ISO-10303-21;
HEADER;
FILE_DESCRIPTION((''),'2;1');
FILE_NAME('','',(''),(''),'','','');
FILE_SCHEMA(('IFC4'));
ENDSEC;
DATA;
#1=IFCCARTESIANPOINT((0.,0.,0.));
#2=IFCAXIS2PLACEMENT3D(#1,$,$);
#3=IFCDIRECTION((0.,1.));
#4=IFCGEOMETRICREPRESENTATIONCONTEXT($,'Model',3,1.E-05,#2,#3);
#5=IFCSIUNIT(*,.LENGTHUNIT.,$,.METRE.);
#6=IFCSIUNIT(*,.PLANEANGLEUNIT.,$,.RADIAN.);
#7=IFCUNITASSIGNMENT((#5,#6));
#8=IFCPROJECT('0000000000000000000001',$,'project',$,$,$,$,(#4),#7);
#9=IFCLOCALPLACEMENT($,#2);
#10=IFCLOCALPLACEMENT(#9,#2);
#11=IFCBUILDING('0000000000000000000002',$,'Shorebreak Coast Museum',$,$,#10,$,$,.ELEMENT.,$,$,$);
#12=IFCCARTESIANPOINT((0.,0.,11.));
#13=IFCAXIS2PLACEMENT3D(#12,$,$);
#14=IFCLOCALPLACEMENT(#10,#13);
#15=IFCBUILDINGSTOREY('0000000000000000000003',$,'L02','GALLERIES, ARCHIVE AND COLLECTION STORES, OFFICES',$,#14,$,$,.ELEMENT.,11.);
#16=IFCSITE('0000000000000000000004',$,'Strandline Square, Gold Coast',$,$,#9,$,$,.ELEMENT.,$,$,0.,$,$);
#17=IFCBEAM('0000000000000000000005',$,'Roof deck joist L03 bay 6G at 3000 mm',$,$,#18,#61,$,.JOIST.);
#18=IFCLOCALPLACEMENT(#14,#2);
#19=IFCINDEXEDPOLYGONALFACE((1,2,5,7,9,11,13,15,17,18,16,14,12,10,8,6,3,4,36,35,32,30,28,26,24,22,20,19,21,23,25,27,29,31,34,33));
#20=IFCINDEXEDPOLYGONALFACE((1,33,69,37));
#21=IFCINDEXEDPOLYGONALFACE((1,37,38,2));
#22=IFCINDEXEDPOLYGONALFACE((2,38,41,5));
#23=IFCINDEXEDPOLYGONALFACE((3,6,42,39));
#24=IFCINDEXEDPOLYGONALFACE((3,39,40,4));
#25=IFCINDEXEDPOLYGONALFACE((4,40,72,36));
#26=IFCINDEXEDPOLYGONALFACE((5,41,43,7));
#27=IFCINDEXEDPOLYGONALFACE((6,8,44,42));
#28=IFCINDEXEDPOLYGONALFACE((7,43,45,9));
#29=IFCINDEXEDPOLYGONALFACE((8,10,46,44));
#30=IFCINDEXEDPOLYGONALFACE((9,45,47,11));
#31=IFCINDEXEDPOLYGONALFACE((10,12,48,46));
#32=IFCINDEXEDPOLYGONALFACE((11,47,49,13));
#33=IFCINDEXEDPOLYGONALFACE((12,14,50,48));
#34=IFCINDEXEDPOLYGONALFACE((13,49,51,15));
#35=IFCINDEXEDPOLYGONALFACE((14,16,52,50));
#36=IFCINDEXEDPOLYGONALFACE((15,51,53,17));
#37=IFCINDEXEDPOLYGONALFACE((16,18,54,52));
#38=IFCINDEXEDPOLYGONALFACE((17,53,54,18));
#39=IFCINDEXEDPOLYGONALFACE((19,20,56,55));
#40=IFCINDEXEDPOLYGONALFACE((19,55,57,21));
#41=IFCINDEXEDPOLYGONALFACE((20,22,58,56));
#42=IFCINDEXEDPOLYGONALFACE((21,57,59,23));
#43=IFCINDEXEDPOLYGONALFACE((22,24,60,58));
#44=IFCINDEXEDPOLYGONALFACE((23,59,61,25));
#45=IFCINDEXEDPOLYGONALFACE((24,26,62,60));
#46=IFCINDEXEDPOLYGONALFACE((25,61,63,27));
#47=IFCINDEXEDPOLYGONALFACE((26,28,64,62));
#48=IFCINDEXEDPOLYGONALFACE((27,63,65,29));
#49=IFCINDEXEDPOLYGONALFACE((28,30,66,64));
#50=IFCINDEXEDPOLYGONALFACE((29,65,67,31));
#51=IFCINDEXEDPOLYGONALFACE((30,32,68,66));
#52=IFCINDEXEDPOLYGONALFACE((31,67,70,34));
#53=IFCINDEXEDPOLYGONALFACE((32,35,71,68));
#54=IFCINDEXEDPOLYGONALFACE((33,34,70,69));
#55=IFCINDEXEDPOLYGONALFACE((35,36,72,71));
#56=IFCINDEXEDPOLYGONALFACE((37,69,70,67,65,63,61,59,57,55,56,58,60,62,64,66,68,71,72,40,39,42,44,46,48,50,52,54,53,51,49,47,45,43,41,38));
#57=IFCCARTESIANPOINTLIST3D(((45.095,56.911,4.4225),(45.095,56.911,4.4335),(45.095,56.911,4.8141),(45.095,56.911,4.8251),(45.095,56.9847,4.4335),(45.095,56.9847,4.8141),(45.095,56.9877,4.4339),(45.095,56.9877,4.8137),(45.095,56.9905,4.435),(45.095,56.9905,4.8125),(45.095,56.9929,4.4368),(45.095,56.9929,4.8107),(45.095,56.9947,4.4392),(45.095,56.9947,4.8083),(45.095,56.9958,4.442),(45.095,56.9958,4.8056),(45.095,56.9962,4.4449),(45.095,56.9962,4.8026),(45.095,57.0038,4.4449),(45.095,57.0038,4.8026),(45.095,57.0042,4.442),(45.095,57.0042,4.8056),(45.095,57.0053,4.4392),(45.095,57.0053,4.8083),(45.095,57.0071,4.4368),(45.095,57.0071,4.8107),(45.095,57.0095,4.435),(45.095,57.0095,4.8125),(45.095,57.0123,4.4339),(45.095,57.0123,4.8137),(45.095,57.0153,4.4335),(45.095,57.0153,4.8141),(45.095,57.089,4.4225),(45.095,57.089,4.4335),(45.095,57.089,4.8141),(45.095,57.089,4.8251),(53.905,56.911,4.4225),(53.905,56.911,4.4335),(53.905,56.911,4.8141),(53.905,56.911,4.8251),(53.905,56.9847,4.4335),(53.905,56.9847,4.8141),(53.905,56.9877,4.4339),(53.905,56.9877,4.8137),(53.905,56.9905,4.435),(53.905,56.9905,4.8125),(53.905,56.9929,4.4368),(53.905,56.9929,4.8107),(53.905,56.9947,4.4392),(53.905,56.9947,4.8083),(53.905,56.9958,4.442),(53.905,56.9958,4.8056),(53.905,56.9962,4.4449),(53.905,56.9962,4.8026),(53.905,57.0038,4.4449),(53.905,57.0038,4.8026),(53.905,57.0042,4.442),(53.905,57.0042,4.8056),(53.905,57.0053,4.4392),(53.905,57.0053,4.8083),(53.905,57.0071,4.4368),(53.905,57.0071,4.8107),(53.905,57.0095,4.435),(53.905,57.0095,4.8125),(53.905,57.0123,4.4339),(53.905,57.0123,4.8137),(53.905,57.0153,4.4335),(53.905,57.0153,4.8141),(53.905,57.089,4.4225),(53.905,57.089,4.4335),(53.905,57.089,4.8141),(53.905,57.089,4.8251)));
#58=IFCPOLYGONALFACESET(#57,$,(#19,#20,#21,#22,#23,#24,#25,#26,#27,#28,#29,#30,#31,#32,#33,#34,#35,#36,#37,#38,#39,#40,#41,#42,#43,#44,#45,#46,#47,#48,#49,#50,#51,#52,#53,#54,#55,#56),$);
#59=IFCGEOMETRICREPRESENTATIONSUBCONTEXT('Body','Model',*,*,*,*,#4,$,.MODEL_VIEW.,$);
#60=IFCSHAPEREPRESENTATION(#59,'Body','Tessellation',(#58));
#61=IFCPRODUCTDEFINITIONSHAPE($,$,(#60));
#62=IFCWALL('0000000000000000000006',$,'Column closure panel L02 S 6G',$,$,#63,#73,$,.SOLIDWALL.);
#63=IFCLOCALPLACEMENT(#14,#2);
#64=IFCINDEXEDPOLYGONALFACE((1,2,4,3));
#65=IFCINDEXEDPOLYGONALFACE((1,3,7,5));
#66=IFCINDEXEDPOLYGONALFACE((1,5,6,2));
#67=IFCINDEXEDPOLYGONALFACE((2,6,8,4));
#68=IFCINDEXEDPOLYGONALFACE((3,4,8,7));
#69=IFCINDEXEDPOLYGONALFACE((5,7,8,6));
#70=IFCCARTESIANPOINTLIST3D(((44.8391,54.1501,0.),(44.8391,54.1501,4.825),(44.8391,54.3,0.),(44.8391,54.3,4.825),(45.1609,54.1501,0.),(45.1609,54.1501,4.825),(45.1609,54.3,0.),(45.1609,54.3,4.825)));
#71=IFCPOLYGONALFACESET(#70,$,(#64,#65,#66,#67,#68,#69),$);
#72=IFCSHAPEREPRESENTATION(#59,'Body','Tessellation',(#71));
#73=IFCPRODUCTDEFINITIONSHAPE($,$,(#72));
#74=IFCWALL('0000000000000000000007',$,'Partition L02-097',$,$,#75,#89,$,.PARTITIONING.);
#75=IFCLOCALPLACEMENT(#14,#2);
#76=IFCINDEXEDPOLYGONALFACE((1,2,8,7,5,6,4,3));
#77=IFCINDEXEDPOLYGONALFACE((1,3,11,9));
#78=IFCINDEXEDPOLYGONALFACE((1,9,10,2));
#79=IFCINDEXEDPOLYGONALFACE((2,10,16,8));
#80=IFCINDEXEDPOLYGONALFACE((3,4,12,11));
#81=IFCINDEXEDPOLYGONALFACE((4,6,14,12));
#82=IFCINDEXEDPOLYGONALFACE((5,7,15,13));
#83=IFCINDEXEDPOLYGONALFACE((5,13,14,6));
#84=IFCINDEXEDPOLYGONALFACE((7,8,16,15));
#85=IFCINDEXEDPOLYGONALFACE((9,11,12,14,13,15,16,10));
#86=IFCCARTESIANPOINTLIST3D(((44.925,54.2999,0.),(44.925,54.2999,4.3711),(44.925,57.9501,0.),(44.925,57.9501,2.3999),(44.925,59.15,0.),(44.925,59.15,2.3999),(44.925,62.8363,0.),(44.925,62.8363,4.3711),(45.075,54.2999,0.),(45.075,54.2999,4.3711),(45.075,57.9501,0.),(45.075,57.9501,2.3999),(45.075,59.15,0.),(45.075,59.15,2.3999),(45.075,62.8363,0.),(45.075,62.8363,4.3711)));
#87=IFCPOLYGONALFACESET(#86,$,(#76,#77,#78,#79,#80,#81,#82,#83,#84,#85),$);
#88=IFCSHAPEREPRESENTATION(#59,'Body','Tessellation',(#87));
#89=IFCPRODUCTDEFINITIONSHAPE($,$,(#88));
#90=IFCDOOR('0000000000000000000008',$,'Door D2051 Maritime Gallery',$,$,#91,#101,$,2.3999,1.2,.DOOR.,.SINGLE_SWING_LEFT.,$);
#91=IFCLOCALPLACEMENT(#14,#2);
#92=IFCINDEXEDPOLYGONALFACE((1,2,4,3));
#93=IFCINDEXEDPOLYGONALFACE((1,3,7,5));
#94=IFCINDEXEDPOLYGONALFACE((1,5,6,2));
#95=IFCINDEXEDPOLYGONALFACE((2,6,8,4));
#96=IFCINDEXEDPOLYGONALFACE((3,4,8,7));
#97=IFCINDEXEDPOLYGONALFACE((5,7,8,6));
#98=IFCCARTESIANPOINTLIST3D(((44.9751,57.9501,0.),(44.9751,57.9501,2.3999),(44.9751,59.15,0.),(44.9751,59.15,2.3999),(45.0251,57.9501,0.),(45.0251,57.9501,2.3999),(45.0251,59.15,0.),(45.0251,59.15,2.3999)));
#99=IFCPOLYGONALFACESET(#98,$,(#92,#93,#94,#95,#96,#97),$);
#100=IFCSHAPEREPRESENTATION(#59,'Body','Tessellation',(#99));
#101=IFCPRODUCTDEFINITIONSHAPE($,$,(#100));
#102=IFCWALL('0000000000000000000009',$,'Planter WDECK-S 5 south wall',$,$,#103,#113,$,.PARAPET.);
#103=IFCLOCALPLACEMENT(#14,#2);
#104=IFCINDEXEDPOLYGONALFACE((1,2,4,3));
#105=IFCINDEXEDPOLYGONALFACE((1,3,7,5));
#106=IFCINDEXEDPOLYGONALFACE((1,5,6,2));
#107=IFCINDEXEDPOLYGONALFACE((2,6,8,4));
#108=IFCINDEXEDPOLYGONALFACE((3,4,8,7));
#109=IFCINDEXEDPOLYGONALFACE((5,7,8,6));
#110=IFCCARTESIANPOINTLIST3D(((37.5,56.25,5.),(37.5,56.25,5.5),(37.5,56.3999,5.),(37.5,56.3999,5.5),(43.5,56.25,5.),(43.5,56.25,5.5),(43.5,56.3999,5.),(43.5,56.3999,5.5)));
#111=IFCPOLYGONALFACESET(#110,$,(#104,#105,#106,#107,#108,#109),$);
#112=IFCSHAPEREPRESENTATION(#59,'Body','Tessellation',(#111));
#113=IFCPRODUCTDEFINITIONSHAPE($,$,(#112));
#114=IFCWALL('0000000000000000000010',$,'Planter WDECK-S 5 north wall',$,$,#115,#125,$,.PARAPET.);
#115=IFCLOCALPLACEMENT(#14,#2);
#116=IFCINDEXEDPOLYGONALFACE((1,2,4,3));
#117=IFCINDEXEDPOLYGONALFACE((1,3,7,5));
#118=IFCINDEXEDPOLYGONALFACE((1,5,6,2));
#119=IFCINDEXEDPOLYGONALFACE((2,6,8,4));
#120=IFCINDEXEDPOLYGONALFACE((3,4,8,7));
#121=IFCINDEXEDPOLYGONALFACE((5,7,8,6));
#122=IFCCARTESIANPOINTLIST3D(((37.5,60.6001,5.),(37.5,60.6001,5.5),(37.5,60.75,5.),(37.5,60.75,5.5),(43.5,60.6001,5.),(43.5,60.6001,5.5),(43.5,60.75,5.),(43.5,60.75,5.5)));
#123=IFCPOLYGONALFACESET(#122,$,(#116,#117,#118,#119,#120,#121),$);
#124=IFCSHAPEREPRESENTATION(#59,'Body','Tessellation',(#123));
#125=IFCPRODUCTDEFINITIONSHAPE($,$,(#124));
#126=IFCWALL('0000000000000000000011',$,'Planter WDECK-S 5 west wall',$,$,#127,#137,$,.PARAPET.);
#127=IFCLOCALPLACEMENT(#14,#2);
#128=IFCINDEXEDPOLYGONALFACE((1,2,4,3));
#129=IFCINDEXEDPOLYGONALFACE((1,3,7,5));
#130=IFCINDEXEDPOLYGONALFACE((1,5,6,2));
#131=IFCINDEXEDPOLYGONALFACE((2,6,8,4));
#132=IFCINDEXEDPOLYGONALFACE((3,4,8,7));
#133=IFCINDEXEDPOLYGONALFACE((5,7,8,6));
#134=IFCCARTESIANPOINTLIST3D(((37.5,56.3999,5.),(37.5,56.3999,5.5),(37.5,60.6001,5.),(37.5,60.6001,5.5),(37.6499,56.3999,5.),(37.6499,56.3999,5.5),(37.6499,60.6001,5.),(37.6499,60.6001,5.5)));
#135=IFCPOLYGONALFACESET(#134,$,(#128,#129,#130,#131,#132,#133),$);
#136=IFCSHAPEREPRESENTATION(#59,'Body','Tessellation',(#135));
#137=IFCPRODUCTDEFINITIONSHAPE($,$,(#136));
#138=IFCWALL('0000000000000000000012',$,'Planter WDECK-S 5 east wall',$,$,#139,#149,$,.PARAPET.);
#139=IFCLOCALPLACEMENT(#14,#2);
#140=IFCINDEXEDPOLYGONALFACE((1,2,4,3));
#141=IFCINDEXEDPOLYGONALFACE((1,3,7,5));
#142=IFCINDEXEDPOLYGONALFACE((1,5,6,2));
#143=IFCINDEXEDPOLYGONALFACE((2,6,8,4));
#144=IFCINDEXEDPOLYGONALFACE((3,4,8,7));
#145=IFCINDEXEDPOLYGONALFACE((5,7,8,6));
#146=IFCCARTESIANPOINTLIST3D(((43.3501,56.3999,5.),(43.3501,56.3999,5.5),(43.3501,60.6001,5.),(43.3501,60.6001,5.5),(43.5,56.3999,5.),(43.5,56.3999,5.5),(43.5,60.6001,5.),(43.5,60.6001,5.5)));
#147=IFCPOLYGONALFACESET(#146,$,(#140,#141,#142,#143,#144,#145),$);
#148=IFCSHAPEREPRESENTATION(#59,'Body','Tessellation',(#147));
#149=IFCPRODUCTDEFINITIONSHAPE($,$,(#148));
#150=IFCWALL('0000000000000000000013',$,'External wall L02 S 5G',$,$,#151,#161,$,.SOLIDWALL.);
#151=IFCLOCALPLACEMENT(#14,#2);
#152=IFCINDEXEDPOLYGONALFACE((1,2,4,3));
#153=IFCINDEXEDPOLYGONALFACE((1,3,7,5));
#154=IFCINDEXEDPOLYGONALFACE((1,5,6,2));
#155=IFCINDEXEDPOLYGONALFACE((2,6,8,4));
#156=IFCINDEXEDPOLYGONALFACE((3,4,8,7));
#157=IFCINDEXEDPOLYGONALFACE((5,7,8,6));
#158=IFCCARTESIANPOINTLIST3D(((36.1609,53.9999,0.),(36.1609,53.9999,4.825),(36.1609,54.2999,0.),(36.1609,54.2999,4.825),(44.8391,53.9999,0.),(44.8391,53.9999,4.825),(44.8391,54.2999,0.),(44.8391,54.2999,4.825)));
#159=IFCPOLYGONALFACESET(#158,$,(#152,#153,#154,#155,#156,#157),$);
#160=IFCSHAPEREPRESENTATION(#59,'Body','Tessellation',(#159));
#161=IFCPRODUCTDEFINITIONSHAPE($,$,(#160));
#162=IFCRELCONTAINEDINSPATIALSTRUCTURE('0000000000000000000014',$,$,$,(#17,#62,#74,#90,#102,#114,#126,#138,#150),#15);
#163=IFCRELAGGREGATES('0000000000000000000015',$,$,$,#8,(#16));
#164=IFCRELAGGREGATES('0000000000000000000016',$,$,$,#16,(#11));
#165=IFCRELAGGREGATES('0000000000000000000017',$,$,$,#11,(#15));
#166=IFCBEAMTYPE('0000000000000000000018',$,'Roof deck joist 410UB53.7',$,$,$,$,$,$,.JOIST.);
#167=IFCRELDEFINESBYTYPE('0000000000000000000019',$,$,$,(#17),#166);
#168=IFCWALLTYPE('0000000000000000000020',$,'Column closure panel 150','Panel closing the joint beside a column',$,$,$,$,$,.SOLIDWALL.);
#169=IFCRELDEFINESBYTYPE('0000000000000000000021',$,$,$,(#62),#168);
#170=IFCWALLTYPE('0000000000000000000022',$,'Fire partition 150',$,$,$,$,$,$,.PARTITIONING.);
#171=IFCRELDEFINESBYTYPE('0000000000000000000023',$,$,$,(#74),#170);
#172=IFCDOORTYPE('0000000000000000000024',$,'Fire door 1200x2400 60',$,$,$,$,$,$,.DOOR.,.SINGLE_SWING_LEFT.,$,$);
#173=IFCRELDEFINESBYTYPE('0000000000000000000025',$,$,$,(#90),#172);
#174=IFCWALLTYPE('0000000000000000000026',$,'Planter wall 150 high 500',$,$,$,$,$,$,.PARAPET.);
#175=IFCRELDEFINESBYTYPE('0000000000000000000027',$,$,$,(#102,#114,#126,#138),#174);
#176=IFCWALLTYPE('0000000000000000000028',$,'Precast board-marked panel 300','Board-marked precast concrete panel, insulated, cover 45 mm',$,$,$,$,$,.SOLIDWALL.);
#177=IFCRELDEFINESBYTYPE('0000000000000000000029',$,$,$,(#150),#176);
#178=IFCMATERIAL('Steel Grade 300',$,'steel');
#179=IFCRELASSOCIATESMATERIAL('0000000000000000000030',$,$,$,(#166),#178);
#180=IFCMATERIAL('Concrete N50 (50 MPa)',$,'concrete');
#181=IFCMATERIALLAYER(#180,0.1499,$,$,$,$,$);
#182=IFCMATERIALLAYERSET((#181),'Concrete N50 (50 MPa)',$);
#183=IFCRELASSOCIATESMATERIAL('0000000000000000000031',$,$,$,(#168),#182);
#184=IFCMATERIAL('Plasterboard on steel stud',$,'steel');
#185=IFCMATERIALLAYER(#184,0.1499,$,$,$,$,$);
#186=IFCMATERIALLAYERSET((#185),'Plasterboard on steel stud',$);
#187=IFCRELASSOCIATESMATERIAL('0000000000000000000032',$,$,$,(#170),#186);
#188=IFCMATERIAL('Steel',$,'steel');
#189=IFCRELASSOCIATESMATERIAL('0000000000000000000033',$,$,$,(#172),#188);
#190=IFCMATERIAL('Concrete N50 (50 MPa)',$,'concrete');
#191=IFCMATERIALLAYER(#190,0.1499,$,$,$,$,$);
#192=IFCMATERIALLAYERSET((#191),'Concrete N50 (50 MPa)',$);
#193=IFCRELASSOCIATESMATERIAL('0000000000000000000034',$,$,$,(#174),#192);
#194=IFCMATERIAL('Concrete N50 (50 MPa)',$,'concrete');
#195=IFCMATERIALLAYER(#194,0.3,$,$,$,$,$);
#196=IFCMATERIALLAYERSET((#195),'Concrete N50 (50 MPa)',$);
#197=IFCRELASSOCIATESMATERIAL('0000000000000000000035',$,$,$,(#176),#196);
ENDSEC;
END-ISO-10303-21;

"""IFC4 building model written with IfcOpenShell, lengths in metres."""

from ifc_helpers import new_model, si_unit, direction, frame, frame_2d, origin, origin_2d, place, context, subcontext, project, spatial, rectangle, i_section, extrude, material, layer, layer_set, material_profile, profile_set, type_object, element, fill, save


model = new_model("IFC4")

# Units and contexts
model_context = context("Model", 3, precision=1e-05, world=origin(), true_north=direction((0.0, 1.0)))
body_context = subcontext(model_context, "Body", "Model", "MODEL_VIEW")
ifc_project = project(units=[si_unit("LENGTHUNIT", "METRE"), si_unit("PLANEANGLEUNIT", "RADIAN")], contexts=[model_context])

# Site, building, storey
site_placement = place(None, origin())
site = spatial("IfcSite", under=ifc_project, at=site_placement, Name="Strandline Square, Gold Coast", CompositionType="ELEMENT", RefElevation=0.0)
building_placement = place(site_placement, origin())
building = spatial("IfcBuilding", under=site, at=building_placement, Name="Shorebreak Coast Museum", CompositionType="ELEMENT")
storey_placement = place(building_placement, frame((0.0, 0.0, 11.0)))
storey = spatial("IfcBuildingStorey", under=building, at=storey_placement, Name="L02", Description="GALLERIES, ARCHIVE AND COLLECTION STORES, OFFICES", CompositionType="ELEMENT", Elevation=11.0)

# Beam
ifc_material_1 = material(Name="Steel Grade 300", Category="steel")
ifc_material_profile_1 = material_profile(ifc_material_1, i_section(OverallWidth=0.178, OverallDepth=0.4026, WebThickness=0.0076, FlangeThickness=0.011, FilletRadius=0.0115, at=origin_2d()), Name="410UB53.7")
ifc_profile_set_1 = profile_set([ifc_material_profile_1], Name="Steel Grade 300")
beam_type_1 = type_object("IfcBeamType", Name="Roof deck joist 410UB53.7", PredefinedType="JOIST", material=ifc_profile_set_1)
for number, where, z_axis, x_axis, name in (
    (1, (45.095, 57.0, 4.6238), (1.0, 0.0, 0.0), (0.0, 1.0, 0.0), "Roof deck joist L03 bay 6G at 3000 mm"),
):
    element("IfcBeam", number, at=place(storey_placement, frame(where, z_axis=z_axis, x_axis=x_axis)), inside=storey, type_object=beam_type_1, Name=name, PredefinedType="JOIST", context=body_context, shape_type="SweptSolid", body=[
        extrude(i_section(OverallWidth=0.178, OverallDepth=0.4026, WebThickness=0.0076, FlangeThickness=0.011, FilletRadius=0.0115, at=origin_2d()), origin(), (0.0, 0.0, 1.0), 8.8101),
    ])

# Wall
ifc_material_2 = material(Name="Concrete N50 (50 MPa)", Category="concrete")
ifc_layer_1 = layer(ifc_material_2, 0.1499)
ifc_layer_set_1 = layer_set([ifc_layer_1], Name="Concrete N50 (50 MPa)")
wall_type_1 = type_object("IfcWallType", Name="Column closure panel 150", Description="Panel closing the joint beside a column", PredefinedType="SOLIDWALL", material=ifc_layer_set_1)
wall_1_placement = place(storey_placement, frame((44.8391, 54.2251, 0.0), z_axis=(0.0, 0.0, 1.0), x_axis=(1.0, 0.0, 0.0)))
element("IfcWall", 2, at=wall_1_placement, inside=storey, type_object=wall_type_1, Name="Column closure panel L02 S 6G", PredefinedType="SOLIDWALL", context=body_context, shape_type="SweptSolid", body=[
    extrude(rectangle(XDim=0.3218, YDim=0.1499, at=frame_2d((0.1609, 0.0))), origin(), (0.0, 0.0, 1.0), 4.825),
])

# Wall, opening, door
ifc_material_3 = material(Name="Plasterboard on steel stud", Category="steel")
ifc_layer_2 = layer(ifc_material_3, 0.1499)
ifc_layer_set_2 = layer_set([ifc_layer_2], Name="Plasterboard on steel stud")
wall_type_2 = type_object("IfcWallType", Name="Fire partition 150", PredefinedType="PARTITIONING", material=ifc_layer_set_2)
wall_2_placement = place(storey_placement, frame((45.0, 54.3, 0.0), z_axis=(0.0, 0.0, 1.0), x_axis=(0.0, 1.0, 0.0)))
wall_2 = element("IfcWall", 3, at=wall_2_placement, inside=storey, type_object=wall_type_2, Name="Partition L02-097", PredefinedType="PARTITIONING", context=body_context, shape_type="SweptSolid", body=[
    extrude(rectangle(XDim=8.5364, YDim=0.1499, at=frame_2d((4.2681, 0.0))), origin(), (0.0, 0.0, 1.0), 4.3711),
])
opening_placement = place(wall_2_placement, frame((3.6499, 0.0, 0.0)))
opening = element("IfcOpeningElement", 4, at=opening_placement, cuts=wall_2, PredefinedType="OPENING", context=body_context, shape_type="SweptSolid", body=[
    extrude(rectangle(XDim=1.2, YDim=2.3999, at=frame_2d((0.6001, 1.2))), frame((0.0, 0.085, 0.0), z_axis=(0.0, -1.0, 0.0), x_axis=(1.0, 0.0, 0.0)), (0.0, 0.0, 1.0), 0.1699),
])
ifc_material_4 = material(Name="Steel", Category="steel")
door_type = type_object("IfcDoorType", Name="Fire door 1200x2400 60", OperationType="SINGLE_SWING_LEFT", PredefinedType="DOOR", material=ifc_material_4)
door_placement = place(opening_placement, origin())
door = element("IfcDoor", 5, at=door_placement, inside=storey, type_object=door_type, Name="Door D2051 Maritime Gallery", OperationType="SINGLE_SWING_LEFT", OverallHeight=2.3999, OverallWidth=1.2, PredefinedType="DOOR", context=body_context, shape_type="SweptSolid", body=[
    extrude(rectangle(XDim=1.2, YDim=2.3999, at=frame_2d((0.6001, 1.2))), frame((0.0, 0.0249, 0.0), z_axis=(0.0, -1.0, 0.0), x_axis=(1.0, 0.0, 0.0)), (0.0, 0.0, 1.0), 0.05),
])
fill(opening, door)

# Walls
ifc_material_5 = material(Name="Concrete N50 (50 MPa)", Category="concrete")
ifc_layer_3 = layer(ifc_material_5, 0.1499)
ifc_layer_set_3 = layer_set([ifc_layer_3], Name="Concrete N50 (50 MPa)")
wall_type_3 = type_object("IfcWallType", Name="Planter wall 150 high 500", PredefinedType="PARAPET", material=ifc_layer_set_3)
for number, where, z_axis, x_axis, name in (
    (6, (37.5, 56.325, 5.0), (0.0, 0.0, 1.0), (1.0, 0.0, 0.0), "Planter WDECK-S 5 south wall"),
    (7, (37.5, 60.675, 5.0), (0.0, 0.0, 1.0), (1.0, 0.0, 0.0), "Planter WDECK-S 5 north wall"),
):
    element("IfcWall", number, at=place(storey_placement, frame(where, z_axis=z_axis, x_axis=x_axis)), inside=storey, type_object=wall_type_3, Name=name, PredefinedType="PARAPET", context=body_context, shape_type="SweptSolid", body=[
        extrude(rectangle(XDim=6.0, YDim=0.1499, at=frame_2d((3.0, 0.0))), origin(), (0.0, 0.0, 1.0), 0.5),
    ])
for number, where, z_axis, x_axis, name in (
    (8, (37.575, 56.3999, 5.0), (0.0, 0.0, 1.0), (0.0, 1.0, 0.0), "Planter WDECK-S 5 west wall"),
    (9, (43.425, 56.3999, 5.0), (0.0, 0.0, 1.0), (0.0, 1.0, 0.0), "Planter WDECK-S 5 east wall"),
):
    element("IfcWall", number, at=place(storey_placement, frame(where, z_axis=z_axis, x_axis=x_axis)), inside=storey, type_object=wall_type_3, Name=name, PredefinedType="PARAPET", context=body_context, shape_type="SweptSolid", body=[
        extrude(rectangle(XDim=4.2002, YDim=0.1499, at=frame_2d((2.1001, 0.0))), origin(), (0.0, 0.0, 1.0), 0.5),
    ])
ifc_material_6 = material(Name="Concrete N50 (50 MPa)", Category="concrete")
ifc_layer_4 = layer(ifc_material_6, 0.3)
ifc_layer_set_4 = layer_set([ifc_layer_4], Name="Concrete N50 (50 MPa)")
wall_type_4 = type_object("IfcWallType", Name="Precast board-marked panel 300", Description="Board-marked precast concrete panel, insulated, cover 45 mm", PredefinedType="SOLIDWALL", material=ifc_layer_set_4)
wall_3_placement = place(storey_placement, frame((36.1609, 54.1499, 0.0), z_axis=(0.0, 0.0, 1.0), x_axis=(1.0, 0.0, 0.0)))
element("IfcWall", 10, at=wall_3_placement, inside=storey, type_object=wall_type_4, Name="External wall L02 S 5G", PredefinedType="SOLIDWALL", context=body_context, shape_type="SweptSolid", body=[
    extrude(rectangle(XDim=8.6782, YDim=0.3, at=frame_2d((4.3391, 0.0))), origin(), (0.0, 0.0, 1.0), 4.825),
])

save(model, "model.ifc")
